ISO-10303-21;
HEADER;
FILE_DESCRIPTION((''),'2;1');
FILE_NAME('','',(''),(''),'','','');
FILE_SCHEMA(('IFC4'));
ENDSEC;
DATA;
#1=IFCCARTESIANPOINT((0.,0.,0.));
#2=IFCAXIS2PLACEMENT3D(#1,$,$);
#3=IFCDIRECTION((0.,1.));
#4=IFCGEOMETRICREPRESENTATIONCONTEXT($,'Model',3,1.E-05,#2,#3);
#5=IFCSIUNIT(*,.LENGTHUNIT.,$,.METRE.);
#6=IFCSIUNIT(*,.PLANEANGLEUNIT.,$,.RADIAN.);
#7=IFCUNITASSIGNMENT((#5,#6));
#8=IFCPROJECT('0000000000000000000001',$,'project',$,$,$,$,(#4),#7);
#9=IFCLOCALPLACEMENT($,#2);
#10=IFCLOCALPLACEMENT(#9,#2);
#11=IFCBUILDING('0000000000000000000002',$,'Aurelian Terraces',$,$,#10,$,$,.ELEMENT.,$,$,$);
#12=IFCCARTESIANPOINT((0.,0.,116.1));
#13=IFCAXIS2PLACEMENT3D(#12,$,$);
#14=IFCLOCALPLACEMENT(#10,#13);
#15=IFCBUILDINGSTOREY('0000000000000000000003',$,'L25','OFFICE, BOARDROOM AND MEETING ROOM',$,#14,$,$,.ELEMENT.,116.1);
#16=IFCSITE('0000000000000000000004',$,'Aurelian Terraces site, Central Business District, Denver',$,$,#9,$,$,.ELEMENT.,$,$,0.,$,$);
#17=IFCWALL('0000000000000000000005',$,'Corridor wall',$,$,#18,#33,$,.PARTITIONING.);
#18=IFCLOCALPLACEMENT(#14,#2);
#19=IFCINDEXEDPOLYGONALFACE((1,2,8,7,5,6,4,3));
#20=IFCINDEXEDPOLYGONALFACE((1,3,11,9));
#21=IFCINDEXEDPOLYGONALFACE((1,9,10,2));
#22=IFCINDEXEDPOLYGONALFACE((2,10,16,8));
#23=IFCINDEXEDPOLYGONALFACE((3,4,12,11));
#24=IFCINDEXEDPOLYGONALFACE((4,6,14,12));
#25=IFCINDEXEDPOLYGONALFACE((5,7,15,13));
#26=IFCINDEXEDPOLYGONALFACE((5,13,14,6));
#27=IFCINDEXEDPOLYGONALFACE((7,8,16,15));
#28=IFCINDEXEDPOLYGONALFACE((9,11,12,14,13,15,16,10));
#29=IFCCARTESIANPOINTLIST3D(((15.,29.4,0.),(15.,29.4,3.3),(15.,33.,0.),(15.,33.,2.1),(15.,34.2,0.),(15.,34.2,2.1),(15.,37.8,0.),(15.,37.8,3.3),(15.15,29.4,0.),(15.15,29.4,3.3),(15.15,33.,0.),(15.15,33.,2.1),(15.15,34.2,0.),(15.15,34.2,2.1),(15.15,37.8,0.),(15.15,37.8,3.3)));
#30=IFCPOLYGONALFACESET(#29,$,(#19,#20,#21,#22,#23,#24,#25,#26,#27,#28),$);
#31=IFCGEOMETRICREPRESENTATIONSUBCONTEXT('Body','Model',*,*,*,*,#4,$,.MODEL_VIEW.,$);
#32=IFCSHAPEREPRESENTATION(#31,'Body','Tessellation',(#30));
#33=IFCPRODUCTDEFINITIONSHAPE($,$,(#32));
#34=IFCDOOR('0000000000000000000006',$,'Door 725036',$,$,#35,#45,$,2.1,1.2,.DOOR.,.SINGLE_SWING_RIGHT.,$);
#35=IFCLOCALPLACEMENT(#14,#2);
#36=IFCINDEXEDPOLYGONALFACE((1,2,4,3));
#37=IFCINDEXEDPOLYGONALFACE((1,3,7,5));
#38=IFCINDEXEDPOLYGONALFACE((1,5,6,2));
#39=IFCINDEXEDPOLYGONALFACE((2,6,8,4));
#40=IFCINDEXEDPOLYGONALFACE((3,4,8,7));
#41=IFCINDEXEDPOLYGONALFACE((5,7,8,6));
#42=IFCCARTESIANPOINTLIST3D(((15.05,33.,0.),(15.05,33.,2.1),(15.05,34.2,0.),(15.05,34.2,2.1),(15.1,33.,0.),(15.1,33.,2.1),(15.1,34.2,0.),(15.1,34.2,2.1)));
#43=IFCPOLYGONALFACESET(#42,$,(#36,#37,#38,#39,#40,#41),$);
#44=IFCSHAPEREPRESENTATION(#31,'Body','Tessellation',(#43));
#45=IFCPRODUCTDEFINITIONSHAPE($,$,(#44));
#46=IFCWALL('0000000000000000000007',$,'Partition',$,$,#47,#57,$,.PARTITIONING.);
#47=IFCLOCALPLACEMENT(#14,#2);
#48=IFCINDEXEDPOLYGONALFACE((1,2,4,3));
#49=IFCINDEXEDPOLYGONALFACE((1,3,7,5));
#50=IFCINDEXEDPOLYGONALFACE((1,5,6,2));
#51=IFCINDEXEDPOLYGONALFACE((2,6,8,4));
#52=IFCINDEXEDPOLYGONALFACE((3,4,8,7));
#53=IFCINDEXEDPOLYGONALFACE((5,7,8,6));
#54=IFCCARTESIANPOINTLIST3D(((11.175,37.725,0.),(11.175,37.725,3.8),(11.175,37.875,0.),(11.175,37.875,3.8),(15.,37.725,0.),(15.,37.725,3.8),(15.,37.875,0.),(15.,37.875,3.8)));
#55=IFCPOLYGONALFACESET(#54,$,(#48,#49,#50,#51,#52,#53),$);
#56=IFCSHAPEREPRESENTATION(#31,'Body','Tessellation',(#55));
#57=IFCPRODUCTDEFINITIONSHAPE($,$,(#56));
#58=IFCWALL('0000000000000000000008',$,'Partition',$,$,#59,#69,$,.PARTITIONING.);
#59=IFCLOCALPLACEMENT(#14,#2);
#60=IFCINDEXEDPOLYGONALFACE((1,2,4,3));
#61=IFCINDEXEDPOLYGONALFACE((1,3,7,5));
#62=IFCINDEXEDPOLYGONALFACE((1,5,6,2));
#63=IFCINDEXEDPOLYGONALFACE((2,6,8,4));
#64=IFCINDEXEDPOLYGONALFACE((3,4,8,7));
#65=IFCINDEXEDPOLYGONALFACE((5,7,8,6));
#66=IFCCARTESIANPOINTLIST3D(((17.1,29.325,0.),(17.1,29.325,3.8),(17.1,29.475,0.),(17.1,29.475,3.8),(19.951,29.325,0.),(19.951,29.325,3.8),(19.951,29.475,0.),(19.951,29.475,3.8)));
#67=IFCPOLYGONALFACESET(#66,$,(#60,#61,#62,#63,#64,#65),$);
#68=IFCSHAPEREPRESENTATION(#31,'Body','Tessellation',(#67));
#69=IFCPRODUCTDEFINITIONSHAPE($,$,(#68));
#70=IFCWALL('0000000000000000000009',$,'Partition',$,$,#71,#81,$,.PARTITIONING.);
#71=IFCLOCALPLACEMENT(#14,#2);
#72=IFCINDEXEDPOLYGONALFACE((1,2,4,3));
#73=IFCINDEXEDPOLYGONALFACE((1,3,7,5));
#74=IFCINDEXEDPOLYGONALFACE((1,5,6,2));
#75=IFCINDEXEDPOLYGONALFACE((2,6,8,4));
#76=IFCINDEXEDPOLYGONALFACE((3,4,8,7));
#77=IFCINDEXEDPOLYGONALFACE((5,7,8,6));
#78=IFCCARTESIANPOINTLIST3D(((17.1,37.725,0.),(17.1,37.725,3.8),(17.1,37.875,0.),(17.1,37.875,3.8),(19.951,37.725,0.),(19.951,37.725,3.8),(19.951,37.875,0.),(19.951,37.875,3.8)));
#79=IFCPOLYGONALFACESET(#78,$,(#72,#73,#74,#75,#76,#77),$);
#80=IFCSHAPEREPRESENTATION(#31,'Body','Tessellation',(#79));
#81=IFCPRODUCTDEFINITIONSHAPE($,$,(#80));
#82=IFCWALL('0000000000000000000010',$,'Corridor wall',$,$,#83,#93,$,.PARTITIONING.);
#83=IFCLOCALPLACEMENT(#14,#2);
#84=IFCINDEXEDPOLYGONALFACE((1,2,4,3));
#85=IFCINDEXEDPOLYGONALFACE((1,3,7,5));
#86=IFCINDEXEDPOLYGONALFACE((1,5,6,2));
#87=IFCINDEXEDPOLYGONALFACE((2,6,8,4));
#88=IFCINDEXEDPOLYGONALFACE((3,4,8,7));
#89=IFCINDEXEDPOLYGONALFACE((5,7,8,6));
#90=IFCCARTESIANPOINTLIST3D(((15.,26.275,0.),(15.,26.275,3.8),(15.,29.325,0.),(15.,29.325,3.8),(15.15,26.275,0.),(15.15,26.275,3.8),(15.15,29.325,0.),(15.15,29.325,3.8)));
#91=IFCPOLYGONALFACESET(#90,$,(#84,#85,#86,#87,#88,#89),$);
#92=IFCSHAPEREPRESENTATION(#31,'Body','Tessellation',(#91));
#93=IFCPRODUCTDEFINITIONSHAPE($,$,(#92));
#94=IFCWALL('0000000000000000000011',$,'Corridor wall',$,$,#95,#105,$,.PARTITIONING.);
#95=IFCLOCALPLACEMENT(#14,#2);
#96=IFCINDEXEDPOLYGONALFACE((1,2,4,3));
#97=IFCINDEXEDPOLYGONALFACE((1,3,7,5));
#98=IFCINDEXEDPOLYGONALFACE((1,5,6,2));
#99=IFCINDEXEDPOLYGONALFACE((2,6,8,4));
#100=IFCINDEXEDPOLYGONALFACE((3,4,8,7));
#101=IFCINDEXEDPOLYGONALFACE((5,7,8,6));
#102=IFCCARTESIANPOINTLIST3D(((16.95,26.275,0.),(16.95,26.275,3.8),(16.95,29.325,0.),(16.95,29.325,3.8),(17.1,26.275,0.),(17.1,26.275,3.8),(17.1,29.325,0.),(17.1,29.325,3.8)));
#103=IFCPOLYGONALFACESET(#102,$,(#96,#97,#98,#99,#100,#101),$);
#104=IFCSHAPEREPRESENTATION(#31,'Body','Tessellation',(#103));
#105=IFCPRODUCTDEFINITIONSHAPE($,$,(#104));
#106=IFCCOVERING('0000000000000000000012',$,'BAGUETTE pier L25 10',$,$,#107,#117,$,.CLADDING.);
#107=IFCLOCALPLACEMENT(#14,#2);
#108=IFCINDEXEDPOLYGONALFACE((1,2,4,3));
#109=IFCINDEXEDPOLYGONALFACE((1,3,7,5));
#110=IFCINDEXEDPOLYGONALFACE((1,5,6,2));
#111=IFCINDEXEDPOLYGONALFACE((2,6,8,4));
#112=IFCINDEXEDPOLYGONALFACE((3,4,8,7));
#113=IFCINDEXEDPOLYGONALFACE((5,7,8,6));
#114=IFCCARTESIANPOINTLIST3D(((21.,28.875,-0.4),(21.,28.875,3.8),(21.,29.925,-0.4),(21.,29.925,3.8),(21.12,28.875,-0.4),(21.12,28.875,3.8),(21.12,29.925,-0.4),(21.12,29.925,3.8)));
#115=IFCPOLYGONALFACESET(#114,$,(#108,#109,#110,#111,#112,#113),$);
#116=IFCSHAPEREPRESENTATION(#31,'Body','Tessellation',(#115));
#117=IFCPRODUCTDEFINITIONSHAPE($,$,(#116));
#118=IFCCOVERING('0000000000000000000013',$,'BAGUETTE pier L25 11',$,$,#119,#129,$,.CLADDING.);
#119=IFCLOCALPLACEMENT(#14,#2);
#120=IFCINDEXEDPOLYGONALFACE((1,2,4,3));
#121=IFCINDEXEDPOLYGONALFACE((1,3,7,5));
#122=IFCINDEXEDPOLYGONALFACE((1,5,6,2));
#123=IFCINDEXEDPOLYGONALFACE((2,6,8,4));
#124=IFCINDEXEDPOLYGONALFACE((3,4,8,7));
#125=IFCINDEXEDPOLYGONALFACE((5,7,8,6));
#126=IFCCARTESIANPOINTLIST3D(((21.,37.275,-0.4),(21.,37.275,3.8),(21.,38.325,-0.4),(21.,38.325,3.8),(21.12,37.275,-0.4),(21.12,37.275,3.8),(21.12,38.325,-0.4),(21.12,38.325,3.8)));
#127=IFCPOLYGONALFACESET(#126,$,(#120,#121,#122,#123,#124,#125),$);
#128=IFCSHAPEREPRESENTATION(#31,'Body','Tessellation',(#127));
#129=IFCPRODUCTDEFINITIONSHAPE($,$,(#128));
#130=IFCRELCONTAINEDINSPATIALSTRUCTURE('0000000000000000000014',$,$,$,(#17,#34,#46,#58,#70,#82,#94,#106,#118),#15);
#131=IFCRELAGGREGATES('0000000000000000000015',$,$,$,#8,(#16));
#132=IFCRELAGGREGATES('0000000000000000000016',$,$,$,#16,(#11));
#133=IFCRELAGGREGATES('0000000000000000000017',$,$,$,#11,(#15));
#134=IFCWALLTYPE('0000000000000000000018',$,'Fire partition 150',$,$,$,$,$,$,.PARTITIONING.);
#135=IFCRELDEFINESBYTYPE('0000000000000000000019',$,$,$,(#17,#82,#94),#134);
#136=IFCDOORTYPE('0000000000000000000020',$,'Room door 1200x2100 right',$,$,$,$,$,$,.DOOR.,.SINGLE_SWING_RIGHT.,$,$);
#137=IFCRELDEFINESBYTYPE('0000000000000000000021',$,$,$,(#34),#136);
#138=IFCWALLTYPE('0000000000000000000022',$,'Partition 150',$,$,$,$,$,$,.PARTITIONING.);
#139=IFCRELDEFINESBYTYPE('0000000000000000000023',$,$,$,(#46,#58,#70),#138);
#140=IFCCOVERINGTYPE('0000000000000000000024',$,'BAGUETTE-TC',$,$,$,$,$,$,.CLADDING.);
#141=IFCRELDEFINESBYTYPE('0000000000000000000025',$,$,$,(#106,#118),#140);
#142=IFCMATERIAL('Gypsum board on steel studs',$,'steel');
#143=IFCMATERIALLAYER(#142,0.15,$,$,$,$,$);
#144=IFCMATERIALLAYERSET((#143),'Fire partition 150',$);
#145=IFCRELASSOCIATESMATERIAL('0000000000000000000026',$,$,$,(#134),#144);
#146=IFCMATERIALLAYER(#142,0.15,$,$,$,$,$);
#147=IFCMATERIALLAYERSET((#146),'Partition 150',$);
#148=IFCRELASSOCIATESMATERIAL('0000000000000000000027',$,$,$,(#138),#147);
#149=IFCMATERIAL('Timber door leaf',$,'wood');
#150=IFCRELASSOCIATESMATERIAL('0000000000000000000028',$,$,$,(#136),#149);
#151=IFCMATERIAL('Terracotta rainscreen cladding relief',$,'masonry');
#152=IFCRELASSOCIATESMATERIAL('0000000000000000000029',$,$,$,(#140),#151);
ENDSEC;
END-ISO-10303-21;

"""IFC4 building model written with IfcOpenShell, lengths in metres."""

from ifc_helpers import new_model, si_unit, direction, frame, frame_2d, origin, origin_2d, place, context, subcontext, project, spatial, rectangle, extrude, source, transform, mapped, material, layer, layer_set, type_object, element, fill, save


model = new_model("IFC4")

# Units and contexts
model_context = context("Model", 3, precision=1e-05, world=origin(), true_north=direction((0.0, 1.0)))
body_context = subcontext(model_context, "Body", "Model", "MODEL_VIEW")
ifc_project = project(units=[si_unit("LENGTHUNIT", "METRE"), si_unit("PLANEANGLEUNIT", "RADIAN")], contexts=[model_context])

# Site, building, storey
site_placement = place(None, origin())
site = spatial("IfcSite", under=ifc_project, at=site_placement, Name="Aurelian Terraces site, Central Business District, Denver", CompositionType="ELEMENT", RefElevation=0.0)
building_placement = place(site_placement, origin())
building = spatial("IfcBuilding", under=site, at=building_placement, Name="Aurelian Terraces", CompositionType="ELEMENT")
storey_placement = place(building_placement, frame((0.0, 0.0, 116.1)))
storey = spatial("IfcBuildingStorey", under=building, at=storey_placement, Name="L25", Description="OFFICE, BOARDROOM AND MEETING ROOM", CompositionType="ELEMENT", Elevation=116.1)

# Shared definitions
ifc_material_1 = material(Name="Gypsum board on steel studs", Category="steel")
ifc_layer_1 = layer(ifc_material_1, 0.15)
ifc_layer_set_1 = layer_set([ifc_layer_1], Name="Fire partition 150")
wall_type_1 = type_object("IfcWallType", Name="Fire partition 150", PredefinedType="PARTITIONING", material=ifc_layer_set_1)
ifc_material_2 = material(Name="Timber door leaf", Category="wood")
ifc_layer_2 = layer(ifc_material_1, 0.15)
ifc_layer_set_2 = layer_set([ifc_layer_2], Name="Partition 150")
wall_type_2 = type_object("IfcWallType", Name="Partition 150", PredefinedType="PARTITIONING", material=ifc_layer_set_2)

# Wall, opening, door
shared_shape_1 = source(origin(), body_context, "Body", "SweptSolid", [
    extrude(rectangle(XDim=8.4, YDim=0.15, at=frame_2d((4.2, 0.0))), origin(), (0.0, 0.0, 1.0), 3.3),
])
wall_1_placement = place(storey_placement, frame((15.075, 29.4, 0.0), z_axis=(0.0, 0.0, 1.0), x_axis=(0.0, 1.0, 0.0)))
wall_1 = element("IfcWall", 1, at=wall_1_placement, inside=storey, type_object=wall_type_1, Name="Corridor wall", PredefinedType="PARTITIONING", context=body_context, shape_type="MappedRepresentation", body=[
    mapped(shared_shape_1, transform((0.0, 0.0, 0.0), scale=1.0)),
])
shared_shape_2 = source(origin(), body_context, "Body", "SweptSolid", [
    extrude(rectangle(XDim=1.2, YDim=2.1, at=frame_2d((0.6, 1.05))), frame((0.0, 0.085, 0.0), z_axis=(0.0, -1.0, 0.0), x_axis=(1.0, 0.0, 0.0)), (0.0, 0.0, 1.0), 0.17),
])
opening_1_placement = place(wall_1_placement, frame((3.6, 0.0, 0.0)))
opening_1 = element("IfcOpeningElement", 2, at=opening_1_placement, cuts=wall_1, PredefinedType="OPENING", context=body_context, shape_type="MappedRepresentation", body=[
    mapped(shared_shape_2, transform((0.0, 0.0, 0.0), scale=1.0)),
])
door_type_1 = type_object("IfcDoorType", Name="Room door 1200x2100 right", OperationType="SINGLE_SWING_RIGHT", PredefinedType="DOOR", material=ifc_material_2)
shared_shape_3 = source(origin(), body_context, "Body", "SweptSolid", [
    extrude(rectangle(XDim=1.2, YDim=2.1, at=frame_2d((0.6, 1.05))), frame((0.0, 0.025, 0.0), z_axis=(0.0, -1.0, 0.0), x_axis=(1.0, 0.0, 0.0)), (0.0, 0.0, 1.0), 0.05),
])
door_1_placement = place(opening_1_placement, origin())
door_1 = element("IfcDoor", 3, at=door_1_placement, inside=storey, type_object=door_type_1, Name="Door 725036", OperationType="SINGLE_SWING_RIGHT", OverallHeight=2.1, OverallWidth=1.2, PredefinedType="DOOR", context=body_context, shape_type="MappedRepresentation", body=[
    mapped(shared_shape_3, transform((0.0, 0.0, 0.0), scale=1.0)),
])
fill(opening_1, door_1)

# Walls
shared_shape_4 = source(origin(), body_context, "Body", "SweptSolid", [
    extrude(rectangle(XDim=3.825, YDim=0.15, at=frame_2d((1.9125, 0.0))), origin(), (0.0, 0.0, 1.0), 3.8),
])
wall_2_placement = place(storey_placement, frame((15.0, 37.8, 0.0), z_axis=(0.0, 0.0, 1.0), x_axis=(-1.0, 0.0, 0.0)))
element("IfcWall", 4, at=wall_2_placement, inside=storey, type_object=wall_type_2, Name="Partition", PredefinedType="PARTITIONING", context=body_context, shape_type="MappedRepresentation", body=[
    mapped(shared_shape_4, transform((0.0, 0.0, 0.0), scale=1.0)),
])
shared_shape_5 = source(origin(), body_context, "Body", "SweptSolid", [
    extrude(rectangle(XDim=2.851, YDim=0.15, at=frame_2d((1.4255, 0.0))), origin(), (0.0, 0.0, 1.0), 3.8),
])
for number, where, z_axis, x_axis, name in (
    (5, (19.951, 29.4, 0.0), (0.0, 0.0, 1.0), (-1.0, 0.0, 0.0), "Partition"),
    (6, (19.951, 37.8, 0.0), (0.0, 0.0, 1.0), (-1.0, 0.0, 0.0), "Partition"),
):
    element("IfcWall", number, at=place(storey_placement, frame(where, z_axis=z_axis, x_axis=x_axis)), inside=storey, type_object=wall_type_2, Name=name, PredefinedType="PARTITIONING", context=body_context, shape_type="MappedRepresentation", body=[
        mapped(shared_shape_5, transform((0.0, 0.0, 0.0), scale=1.0)),
    ])
shared_shape_6 = source(origin(), body_context, "Body", "SweptSolid", [
    extrude(rectangle(XDim=3.05, YDim=0.15, at=frame_2d((1.525, 0.0))), origin(), (0.0, 0.0, 1.0), 3.8),
])
for number, where, z_axis, x_axis, name in (
    (7, (15.075, 26.275, 0.0), (0.0, 0.0, 1.0), (0.0, 1.0, 0.0), "Corridor wall"),
    (8, (17.025, 29.325, 0.0), (0.0, 0.0, 1.0), (0.0, -1.0, 0.0), "Corridor wall"),
):
    element("IfcWall", number, at=place(storey_placement, frame(where, z_axis=z_axis, x_axis=x_axis)), inside=storey, type_object=wall_type_1, Name=name, PredefinedType="PARTITIONING", context=body_context, shape_type="MappedRepresentation", body=[
        mapped(shared_shape_6, transform((0.0, 0.0, 0.0), scale=1.0)),
    ])

# Coverings
ifc_material_3 = material(Name="Terracotta rainscreen cladding relief", Category="masonry")
covering_type = type_object("IfcCoveringType", Name="BAGUETTE-TC", PredefinedType="CLADDING", material=ifc_material_3)
shared_shape_7 = source(origin(), body_context, "Body", "SweptSolid", [
    extrude(rectangle(XDim=0.12, YDim=1.05, at=origin_2d()), origin(), (0.0, 0.0, 1.0), 4.2),
])
for number, where, z_axis, x_axis, name in (
    (9, (21.06, 29.4, -0.4), (0.0, 0.0, 1.0), (1.0, 0.0, 0.0), "BAGUETTE pier L25 10"),
    (10, (21.06, 37.8, -0.4), (0.0, 0.0, 1.0), (1.0, 0.0, 0.0), "BAGUETTE pier L25 11"),
):
    element("IfcCovering", number, at=place(storey_placement, frame(where, z_axis=z_axis, x_axis=x_axis)), inside=storey, type_object=covering_type, Name=name, PredefinedType="CLADDING", context=body_context, shape_type="MappedRepresentation", body=[
        mapped(shared_shape_7, transform((0.0, 0.0, 0.0), scale=1.0)),
    ])

save(model, "model.ifc")
